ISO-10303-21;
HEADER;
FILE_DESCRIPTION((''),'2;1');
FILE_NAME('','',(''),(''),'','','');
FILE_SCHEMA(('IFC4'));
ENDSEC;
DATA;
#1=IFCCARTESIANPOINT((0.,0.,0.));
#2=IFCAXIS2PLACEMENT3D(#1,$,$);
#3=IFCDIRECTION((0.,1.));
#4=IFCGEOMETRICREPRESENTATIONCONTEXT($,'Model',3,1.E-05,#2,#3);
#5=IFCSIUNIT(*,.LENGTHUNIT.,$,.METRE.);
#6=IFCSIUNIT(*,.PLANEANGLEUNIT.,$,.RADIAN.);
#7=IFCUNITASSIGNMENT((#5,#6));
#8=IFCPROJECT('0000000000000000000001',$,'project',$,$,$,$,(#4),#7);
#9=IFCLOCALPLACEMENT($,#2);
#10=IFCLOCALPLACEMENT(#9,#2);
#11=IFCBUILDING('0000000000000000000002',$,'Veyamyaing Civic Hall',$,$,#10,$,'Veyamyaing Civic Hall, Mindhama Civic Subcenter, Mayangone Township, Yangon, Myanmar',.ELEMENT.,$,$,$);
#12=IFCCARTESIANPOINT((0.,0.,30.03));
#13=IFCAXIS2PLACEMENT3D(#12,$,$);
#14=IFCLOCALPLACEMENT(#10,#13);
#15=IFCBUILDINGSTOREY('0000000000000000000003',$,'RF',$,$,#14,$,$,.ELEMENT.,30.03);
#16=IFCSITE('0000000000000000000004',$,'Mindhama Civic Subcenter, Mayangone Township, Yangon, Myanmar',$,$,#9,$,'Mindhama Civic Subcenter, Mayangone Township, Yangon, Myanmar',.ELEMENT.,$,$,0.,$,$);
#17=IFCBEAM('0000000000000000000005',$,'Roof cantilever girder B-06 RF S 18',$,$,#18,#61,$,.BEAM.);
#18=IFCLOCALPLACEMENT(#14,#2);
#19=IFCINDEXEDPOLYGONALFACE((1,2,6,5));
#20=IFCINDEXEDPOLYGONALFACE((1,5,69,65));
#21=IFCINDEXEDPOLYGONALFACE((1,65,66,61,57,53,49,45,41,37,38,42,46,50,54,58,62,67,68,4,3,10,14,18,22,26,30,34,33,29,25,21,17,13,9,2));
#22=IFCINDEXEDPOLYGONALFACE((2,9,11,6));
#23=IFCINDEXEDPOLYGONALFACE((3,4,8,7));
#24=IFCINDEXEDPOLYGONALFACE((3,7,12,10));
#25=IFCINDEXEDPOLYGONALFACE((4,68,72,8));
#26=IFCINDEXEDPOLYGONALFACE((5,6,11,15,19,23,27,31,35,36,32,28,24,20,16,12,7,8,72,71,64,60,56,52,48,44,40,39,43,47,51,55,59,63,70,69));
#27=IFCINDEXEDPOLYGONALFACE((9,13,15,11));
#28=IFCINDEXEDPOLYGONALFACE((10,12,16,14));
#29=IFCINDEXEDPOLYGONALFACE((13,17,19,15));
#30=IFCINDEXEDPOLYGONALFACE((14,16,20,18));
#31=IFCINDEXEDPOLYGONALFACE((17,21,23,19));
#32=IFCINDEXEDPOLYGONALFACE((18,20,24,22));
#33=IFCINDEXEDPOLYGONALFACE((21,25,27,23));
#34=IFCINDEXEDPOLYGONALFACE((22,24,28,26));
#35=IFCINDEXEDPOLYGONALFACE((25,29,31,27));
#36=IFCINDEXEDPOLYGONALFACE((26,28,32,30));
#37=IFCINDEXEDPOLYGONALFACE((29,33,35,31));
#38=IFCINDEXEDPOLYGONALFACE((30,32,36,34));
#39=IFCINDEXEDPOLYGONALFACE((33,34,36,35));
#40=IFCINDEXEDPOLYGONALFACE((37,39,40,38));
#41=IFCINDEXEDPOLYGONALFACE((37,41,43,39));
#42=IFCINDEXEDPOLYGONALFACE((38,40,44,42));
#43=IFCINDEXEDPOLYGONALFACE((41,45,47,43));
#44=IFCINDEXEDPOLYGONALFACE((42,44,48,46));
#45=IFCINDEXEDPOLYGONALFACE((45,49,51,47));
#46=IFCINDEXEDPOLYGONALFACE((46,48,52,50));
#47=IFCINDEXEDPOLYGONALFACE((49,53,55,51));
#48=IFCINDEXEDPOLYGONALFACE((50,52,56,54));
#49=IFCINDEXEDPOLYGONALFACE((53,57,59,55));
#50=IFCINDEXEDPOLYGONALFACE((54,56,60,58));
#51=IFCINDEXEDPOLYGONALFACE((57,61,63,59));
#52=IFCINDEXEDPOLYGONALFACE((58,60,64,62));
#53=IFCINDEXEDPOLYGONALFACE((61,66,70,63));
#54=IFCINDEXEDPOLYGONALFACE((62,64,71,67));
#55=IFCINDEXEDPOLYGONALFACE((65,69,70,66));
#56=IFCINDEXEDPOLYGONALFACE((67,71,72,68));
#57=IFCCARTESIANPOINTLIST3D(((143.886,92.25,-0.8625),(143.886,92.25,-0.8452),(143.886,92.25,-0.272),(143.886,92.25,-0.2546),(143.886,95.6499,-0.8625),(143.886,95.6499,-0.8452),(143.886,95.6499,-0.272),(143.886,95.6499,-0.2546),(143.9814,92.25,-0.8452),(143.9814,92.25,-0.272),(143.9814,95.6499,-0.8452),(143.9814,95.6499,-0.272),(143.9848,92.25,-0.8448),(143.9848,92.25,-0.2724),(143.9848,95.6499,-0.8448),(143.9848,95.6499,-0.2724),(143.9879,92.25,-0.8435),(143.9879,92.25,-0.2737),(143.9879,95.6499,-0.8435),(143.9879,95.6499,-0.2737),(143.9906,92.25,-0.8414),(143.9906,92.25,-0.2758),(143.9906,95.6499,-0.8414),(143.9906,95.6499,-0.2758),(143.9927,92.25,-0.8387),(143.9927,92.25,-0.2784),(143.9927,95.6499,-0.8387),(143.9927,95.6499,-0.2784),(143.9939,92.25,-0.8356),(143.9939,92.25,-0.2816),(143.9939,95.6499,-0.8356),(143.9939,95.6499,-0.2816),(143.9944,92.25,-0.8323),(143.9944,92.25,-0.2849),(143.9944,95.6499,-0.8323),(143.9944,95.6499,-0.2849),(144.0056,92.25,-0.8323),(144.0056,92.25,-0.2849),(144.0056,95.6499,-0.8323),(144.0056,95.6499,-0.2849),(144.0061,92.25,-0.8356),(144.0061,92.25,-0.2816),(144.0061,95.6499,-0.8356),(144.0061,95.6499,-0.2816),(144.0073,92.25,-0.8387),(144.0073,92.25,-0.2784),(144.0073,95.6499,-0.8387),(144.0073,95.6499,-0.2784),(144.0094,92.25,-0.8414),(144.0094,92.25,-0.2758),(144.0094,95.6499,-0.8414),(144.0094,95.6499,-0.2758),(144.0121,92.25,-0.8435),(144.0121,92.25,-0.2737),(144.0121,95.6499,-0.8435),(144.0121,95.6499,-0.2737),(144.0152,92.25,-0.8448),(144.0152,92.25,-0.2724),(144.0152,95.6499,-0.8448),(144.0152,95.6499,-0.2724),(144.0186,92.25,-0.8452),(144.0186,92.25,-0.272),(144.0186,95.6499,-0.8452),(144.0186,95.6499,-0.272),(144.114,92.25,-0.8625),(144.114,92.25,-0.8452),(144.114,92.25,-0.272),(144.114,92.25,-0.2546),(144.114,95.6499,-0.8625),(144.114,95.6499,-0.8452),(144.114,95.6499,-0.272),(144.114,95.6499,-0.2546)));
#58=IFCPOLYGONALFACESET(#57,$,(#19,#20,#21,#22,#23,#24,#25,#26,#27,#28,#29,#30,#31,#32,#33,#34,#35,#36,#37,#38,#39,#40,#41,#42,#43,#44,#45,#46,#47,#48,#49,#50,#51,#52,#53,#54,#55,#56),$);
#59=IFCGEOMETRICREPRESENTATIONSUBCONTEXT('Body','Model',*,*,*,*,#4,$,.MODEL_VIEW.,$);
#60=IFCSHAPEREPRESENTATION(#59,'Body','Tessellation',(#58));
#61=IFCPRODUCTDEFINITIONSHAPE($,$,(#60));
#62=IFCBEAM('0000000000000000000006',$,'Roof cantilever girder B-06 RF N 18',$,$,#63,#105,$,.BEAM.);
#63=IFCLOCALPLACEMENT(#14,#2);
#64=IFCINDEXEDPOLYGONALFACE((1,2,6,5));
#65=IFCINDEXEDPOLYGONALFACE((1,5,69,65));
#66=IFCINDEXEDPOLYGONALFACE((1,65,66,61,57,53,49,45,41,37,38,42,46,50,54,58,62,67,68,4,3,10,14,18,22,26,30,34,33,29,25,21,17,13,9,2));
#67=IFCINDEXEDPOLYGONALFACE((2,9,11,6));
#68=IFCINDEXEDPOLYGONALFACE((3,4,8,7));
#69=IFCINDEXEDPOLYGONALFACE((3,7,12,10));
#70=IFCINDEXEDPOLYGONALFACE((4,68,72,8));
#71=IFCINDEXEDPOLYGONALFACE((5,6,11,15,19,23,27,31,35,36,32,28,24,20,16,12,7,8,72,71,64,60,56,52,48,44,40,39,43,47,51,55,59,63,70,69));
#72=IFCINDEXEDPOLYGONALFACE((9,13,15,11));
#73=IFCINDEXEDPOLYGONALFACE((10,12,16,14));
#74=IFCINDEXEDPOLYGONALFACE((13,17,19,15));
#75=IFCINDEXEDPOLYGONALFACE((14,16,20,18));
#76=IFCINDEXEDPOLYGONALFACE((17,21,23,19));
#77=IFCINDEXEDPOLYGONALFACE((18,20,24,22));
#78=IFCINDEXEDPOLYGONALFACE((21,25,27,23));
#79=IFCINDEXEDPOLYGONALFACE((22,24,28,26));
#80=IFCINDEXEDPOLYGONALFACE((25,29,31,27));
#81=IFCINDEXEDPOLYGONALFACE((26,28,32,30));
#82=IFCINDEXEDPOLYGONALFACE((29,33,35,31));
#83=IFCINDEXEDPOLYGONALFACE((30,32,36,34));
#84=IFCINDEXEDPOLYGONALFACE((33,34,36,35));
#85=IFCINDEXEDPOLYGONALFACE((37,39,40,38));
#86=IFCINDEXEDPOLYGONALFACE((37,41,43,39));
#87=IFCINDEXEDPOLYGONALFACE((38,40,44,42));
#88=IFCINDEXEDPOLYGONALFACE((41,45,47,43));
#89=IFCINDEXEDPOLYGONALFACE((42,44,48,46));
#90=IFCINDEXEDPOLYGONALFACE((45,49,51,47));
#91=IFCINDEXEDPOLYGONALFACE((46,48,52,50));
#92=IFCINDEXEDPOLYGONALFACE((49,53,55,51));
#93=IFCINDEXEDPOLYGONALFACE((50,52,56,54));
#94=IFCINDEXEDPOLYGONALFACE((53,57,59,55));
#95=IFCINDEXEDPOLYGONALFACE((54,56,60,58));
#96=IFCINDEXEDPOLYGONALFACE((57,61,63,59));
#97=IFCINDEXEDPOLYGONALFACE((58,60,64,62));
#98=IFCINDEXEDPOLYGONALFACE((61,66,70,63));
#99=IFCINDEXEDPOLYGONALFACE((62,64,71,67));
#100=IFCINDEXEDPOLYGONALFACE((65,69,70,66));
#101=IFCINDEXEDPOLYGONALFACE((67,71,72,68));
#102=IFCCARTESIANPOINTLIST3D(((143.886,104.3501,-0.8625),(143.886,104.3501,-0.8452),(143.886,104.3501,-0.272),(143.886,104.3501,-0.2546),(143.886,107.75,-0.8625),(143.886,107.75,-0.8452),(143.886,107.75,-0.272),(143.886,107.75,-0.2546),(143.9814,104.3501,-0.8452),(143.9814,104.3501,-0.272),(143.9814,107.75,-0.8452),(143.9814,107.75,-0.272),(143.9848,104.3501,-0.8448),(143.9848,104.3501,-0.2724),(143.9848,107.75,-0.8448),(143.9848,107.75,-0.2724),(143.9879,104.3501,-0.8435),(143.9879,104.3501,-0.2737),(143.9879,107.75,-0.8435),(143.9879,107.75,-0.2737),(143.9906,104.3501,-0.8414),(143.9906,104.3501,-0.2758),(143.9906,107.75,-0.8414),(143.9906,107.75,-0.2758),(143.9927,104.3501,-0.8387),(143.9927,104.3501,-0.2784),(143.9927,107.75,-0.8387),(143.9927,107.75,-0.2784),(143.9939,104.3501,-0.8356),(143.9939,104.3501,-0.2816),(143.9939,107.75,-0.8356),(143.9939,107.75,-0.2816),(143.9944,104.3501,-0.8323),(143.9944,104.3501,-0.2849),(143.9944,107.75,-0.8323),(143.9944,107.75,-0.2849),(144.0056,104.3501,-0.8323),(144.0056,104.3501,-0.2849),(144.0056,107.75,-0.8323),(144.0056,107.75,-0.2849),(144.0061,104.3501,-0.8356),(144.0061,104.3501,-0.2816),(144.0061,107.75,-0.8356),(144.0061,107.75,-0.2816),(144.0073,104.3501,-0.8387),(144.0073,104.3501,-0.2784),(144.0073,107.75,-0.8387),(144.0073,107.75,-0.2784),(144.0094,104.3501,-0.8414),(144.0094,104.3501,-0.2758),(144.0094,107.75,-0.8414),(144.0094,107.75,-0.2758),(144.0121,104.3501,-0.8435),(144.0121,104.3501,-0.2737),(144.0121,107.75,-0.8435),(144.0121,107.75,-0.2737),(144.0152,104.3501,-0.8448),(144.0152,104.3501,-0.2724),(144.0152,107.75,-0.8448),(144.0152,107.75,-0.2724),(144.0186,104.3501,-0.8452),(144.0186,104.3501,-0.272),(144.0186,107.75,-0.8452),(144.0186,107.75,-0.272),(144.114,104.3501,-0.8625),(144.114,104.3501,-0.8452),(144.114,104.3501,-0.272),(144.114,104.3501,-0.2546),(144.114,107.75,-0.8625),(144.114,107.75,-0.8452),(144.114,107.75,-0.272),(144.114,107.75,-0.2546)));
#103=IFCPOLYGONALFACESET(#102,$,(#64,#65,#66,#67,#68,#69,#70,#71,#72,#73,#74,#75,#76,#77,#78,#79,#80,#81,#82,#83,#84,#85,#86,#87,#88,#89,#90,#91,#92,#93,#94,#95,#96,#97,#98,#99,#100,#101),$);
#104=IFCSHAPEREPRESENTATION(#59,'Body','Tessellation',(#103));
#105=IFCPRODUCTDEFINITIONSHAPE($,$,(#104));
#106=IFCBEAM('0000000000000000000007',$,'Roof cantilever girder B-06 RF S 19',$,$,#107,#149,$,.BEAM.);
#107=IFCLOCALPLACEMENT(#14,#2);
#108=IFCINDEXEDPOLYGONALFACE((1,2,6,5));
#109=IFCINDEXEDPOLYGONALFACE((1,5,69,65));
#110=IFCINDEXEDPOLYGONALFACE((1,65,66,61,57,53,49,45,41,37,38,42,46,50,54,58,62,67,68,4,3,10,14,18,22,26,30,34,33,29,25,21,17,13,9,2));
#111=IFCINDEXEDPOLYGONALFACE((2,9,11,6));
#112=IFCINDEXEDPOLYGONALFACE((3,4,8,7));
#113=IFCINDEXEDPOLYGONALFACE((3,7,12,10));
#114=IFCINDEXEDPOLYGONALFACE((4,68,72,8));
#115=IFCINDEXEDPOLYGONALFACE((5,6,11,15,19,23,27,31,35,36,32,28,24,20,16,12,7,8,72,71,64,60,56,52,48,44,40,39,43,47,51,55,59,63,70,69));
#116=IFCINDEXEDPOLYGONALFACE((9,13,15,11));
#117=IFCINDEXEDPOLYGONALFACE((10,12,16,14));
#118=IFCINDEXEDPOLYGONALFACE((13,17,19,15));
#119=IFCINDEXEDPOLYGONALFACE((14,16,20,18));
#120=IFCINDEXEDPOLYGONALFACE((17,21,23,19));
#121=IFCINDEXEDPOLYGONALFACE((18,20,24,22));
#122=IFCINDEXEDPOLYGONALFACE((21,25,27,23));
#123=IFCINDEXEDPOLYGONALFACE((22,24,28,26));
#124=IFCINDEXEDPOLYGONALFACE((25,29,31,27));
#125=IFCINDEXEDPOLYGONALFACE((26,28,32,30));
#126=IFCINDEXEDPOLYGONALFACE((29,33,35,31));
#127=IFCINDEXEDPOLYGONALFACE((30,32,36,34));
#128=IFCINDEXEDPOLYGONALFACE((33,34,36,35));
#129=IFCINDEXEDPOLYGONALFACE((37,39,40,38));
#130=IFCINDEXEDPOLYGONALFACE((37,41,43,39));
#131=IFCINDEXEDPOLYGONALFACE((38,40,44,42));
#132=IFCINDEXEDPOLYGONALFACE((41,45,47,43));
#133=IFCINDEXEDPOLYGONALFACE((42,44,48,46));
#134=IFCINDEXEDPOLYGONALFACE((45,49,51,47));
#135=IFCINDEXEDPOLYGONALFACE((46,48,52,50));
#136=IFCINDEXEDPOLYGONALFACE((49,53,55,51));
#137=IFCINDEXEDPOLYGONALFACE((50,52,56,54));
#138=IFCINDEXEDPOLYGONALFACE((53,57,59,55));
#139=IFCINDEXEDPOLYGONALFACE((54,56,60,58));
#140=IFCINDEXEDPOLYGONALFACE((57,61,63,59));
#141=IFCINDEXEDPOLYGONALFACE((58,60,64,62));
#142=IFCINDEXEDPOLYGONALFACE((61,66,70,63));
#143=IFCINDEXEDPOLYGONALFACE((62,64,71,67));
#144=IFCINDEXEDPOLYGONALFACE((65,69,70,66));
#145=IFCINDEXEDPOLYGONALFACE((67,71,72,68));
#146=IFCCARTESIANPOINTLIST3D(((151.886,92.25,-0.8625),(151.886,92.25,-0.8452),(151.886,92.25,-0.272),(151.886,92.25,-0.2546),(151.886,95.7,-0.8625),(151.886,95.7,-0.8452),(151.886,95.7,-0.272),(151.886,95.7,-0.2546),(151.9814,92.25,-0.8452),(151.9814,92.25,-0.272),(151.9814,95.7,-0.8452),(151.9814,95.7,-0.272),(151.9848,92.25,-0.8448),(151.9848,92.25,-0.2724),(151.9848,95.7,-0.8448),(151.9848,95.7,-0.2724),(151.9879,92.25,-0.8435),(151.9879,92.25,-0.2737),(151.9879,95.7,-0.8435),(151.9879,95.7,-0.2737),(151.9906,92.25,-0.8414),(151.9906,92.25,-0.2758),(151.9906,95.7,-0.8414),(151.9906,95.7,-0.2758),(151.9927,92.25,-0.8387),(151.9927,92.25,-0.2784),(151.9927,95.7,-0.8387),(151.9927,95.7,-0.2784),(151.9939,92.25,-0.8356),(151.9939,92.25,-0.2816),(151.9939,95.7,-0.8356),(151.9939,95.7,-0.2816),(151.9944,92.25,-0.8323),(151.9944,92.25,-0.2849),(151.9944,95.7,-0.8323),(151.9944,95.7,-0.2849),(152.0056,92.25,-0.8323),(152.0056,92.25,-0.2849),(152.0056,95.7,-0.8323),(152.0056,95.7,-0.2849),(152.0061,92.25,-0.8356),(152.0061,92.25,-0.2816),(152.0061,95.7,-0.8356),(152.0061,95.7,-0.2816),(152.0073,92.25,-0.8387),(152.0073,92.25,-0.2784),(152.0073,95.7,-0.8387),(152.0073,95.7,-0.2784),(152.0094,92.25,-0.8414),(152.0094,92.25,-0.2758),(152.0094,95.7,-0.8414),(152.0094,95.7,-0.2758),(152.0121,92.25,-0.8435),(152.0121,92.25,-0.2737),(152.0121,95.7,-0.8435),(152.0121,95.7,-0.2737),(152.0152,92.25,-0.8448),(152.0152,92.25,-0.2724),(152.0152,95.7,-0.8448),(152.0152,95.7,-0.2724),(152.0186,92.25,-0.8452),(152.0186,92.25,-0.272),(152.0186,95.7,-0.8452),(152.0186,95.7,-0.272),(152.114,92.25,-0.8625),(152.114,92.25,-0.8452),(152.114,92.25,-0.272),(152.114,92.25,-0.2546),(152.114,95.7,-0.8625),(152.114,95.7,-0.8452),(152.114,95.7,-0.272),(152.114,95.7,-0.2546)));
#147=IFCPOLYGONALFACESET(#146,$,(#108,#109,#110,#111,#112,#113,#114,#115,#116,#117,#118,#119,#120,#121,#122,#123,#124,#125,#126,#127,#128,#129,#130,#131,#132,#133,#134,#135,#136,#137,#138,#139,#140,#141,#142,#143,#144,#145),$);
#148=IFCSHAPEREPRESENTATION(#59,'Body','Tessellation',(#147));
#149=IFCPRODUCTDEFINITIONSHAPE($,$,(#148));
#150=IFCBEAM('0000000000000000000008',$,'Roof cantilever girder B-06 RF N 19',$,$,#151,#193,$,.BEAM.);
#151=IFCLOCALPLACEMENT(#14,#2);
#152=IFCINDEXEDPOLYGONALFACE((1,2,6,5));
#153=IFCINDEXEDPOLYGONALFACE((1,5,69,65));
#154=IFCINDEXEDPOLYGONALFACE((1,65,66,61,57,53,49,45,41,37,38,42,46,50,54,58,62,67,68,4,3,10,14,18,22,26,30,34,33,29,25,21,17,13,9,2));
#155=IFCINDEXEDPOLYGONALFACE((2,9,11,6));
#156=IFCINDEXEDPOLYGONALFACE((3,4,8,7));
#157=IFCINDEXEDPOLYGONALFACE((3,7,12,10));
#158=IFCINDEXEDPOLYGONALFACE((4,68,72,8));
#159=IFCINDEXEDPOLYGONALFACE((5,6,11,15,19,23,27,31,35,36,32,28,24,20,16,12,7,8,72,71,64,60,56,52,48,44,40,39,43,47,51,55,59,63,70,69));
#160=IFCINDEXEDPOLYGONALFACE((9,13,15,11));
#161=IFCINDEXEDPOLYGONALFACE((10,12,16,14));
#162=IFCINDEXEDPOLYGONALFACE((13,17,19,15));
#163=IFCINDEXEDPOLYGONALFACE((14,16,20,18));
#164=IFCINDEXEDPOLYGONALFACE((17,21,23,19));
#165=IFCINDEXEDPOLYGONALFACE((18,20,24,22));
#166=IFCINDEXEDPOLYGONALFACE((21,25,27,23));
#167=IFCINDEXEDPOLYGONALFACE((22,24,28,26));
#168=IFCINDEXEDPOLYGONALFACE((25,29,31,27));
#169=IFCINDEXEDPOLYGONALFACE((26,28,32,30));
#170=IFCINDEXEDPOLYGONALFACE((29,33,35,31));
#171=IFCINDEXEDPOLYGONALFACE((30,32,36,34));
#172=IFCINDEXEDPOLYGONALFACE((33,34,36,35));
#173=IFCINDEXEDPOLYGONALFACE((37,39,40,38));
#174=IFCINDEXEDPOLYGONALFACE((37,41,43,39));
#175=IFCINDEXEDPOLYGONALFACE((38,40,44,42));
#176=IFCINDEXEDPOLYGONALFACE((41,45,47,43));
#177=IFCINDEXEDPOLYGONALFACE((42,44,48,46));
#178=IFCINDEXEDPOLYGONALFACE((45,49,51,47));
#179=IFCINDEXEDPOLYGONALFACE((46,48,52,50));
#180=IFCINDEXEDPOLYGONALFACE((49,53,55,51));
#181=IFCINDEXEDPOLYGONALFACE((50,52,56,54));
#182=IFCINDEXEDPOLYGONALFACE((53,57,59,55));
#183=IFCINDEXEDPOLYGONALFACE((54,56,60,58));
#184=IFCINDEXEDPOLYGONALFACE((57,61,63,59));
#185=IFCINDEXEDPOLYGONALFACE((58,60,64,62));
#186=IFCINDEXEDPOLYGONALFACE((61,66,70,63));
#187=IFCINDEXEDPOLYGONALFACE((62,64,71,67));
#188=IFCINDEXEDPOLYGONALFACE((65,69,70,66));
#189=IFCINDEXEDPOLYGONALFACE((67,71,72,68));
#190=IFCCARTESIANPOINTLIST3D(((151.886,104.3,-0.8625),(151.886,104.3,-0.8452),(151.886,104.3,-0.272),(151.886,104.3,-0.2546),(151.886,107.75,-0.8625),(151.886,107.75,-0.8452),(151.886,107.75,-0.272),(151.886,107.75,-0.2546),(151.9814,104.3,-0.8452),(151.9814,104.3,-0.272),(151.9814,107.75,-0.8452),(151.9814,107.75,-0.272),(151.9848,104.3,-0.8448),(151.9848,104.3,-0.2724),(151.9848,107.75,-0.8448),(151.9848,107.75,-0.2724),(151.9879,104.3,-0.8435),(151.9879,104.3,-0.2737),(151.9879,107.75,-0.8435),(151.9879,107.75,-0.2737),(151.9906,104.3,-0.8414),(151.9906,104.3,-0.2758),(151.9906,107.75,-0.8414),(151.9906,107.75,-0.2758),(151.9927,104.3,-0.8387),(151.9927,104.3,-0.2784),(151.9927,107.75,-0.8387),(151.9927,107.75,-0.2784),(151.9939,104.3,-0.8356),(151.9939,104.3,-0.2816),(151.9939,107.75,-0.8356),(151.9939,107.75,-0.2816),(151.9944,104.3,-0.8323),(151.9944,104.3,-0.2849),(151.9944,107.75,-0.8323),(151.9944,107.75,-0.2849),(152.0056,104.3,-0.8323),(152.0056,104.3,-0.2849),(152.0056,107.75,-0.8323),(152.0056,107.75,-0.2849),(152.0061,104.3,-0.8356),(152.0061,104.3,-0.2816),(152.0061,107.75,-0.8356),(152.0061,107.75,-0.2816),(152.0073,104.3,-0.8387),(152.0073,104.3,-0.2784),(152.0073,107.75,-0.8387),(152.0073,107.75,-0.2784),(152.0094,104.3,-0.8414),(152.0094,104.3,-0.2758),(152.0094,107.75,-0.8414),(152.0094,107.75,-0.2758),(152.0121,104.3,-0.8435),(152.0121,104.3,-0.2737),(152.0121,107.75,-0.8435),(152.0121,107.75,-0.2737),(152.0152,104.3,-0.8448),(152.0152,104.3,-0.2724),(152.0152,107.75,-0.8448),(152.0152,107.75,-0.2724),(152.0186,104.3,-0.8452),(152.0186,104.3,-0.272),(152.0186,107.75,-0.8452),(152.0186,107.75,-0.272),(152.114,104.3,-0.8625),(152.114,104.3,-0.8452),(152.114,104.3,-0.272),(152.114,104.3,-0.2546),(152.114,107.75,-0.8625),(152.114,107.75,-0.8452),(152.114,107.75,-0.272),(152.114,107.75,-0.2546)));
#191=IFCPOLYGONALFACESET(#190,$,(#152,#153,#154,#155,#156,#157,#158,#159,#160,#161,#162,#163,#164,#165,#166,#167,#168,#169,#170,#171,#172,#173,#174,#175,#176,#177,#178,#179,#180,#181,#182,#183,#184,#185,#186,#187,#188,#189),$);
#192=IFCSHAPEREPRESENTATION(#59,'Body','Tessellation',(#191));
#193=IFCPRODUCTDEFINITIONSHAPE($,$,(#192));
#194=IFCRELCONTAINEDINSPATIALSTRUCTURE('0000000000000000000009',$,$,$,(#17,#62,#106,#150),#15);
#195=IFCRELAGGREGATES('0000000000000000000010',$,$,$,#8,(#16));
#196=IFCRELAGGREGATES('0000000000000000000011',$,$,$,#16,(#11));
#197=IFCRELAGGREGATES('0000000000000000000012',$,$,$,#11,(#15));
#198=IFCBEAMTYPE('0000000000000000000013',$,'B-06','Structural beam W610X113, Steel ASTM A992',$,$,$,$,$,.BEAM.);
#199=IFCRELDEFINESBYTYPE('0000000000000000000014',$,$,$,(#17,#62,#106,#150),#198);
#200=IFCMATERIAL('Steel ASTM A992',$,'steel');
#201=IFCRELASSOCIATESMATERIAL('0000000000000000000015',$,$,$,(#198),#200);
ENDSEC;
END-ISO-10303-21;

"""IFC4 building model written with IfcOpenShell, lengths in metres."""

from ifc_helpers import new_model, si_unit, direction, frame, origin, origin_2d, place, context, subcontext, project, spatial, i_section, extrude, material, material_profile, profile_set, type_object, element, save


model = new_model("IFC4")

# Units and contexts
model_context = context("Model", 3, precision=1e-05, world=origin(), true_north=direction((0.0, 1.0)))
body_context = subcontext(model_context, "Body", "Model", "MODEL_VIEW")
ifc_project = project(units=[si_unit("LENGTHUNIT", "METRE"), si_unit("PLANEANGLEUNIT", "RADIAN")], contexts=[model_context])

# Site, building, storey
site_placement = place(None, origin())
site = spatial("IfcSite", under=ifc_project, at=site_placement, Name="Mindhama Civic Subcenter, Mayangone Township, Yangon, Myanmar", LongName="Mindhama Civic Subcenter, Mayangone Township, Yangon, Myanmar", CompositionType="ELEMENT", RefElevation=0.0)
building_placement = place(site_placement, origin())
building = spatial("IfcBuilding", under=site, at=building_placement, Name="Veyamyaing Civic Hall", LongName="Veyamyaing Civic Hall, Mindhama Civic Subcenter, Mayangone Township, Yangon, Myanmar", CompositionType="ELEMENT")
storey_placement = place(building_placement, frame((0.0, 0.0, 30.03)))
storey = spatial("IfcBuildingStorey", under=building, at=storey_placement, Name="RF", CompositionType="ELEMENT", Elevation=30.03)

# Beams
ifc_material_1 = material(Name="Steel ASTM A992", Category="steel")
ifc_material_profile_1 = material_profile(ifc_material_1, i_section(OverallWidth=0.228, OverallDepth=0.6079, WebThickness=0.0112, FlangeThickness=0.0173, FilletRadius=0.0129, at=origin_2d()), Name="W610X113")
ifc_profile_set_1 = profile_set([ifc_material_profile_1], Name="Steel ASTM A992")
beam_type_1 = type_object("IfcBeamType", Name="B-06", Description="Structural beam W610X113, Steel ASTM A992", PredefinedType="BEAM", material=ifc_profile_set_1)
for number, where, z_axis, x_axis, name in (
    (1, (144.0, 92.25, -0.5586), (0.0, 1.0, 0.0), (-1.0, 0.0, 0.0), "Roof cantilever girder B-06 RF S 18"),
    (2, (144.0, 104.3501, -0.5586), (0.0, 1.0, 0.0), (-1.0, 0.0, 0.0), "Roof cantilever girder B-06 RF N 18"),
):
    element("IfcBeam", number, at=place(storey_placement, frame(where, z_axis=z_axis, x_axis=x_axis)), inside=storey, type_object=beam_type_1, Name=name, PredefinedType="BEAM", context=body_context, shape_type="SweptSolid", body=[
        extrude(i_section(OverallWidth=0.228, OverallDepth=0.6079, WebThickness=0.0112, FlangeThickness=0.0173, FilletRadius=0.0129, at=origin_2d()), origin(), (0.0, 0.0, 1.0), 3.3999),
    ])
for number, where, z_axis, x_axis, name in (
    (3, (152.0, 92.25, -0.5586), (0.0, 1.0, 0.0), (-1.0, 0.0, 0.0), "Roof cantilever girder B-06 RF S 19"),
    (4, (152.0, 104.3, -0.5586), (0.0, 1.0, 0.0), (-1.0, 0.0, 0.0), "Roof cantilever girder B-06 RF N 19"),
):
    element("IfcBeam", number, at=place(storey_placement, frame(where, z_axis=z_axis, x_axis=x_axis)), inside=storey, type_object=beam_type_1, Name=name, PredefinedType="BEAM", context=body_context, shape_type="SweptSolid", body=[
        extrude(i_section(OverallWidth=0.228, OverallDepth=0.6079, WebThickness=0.0112, FlangeThickness=0.0173, FilletRadius=0.0129, at=origin_2d()), origin(), (0.0, 0.0, 1.0), 3.45),
    ])

save(model, "model.ifc")
